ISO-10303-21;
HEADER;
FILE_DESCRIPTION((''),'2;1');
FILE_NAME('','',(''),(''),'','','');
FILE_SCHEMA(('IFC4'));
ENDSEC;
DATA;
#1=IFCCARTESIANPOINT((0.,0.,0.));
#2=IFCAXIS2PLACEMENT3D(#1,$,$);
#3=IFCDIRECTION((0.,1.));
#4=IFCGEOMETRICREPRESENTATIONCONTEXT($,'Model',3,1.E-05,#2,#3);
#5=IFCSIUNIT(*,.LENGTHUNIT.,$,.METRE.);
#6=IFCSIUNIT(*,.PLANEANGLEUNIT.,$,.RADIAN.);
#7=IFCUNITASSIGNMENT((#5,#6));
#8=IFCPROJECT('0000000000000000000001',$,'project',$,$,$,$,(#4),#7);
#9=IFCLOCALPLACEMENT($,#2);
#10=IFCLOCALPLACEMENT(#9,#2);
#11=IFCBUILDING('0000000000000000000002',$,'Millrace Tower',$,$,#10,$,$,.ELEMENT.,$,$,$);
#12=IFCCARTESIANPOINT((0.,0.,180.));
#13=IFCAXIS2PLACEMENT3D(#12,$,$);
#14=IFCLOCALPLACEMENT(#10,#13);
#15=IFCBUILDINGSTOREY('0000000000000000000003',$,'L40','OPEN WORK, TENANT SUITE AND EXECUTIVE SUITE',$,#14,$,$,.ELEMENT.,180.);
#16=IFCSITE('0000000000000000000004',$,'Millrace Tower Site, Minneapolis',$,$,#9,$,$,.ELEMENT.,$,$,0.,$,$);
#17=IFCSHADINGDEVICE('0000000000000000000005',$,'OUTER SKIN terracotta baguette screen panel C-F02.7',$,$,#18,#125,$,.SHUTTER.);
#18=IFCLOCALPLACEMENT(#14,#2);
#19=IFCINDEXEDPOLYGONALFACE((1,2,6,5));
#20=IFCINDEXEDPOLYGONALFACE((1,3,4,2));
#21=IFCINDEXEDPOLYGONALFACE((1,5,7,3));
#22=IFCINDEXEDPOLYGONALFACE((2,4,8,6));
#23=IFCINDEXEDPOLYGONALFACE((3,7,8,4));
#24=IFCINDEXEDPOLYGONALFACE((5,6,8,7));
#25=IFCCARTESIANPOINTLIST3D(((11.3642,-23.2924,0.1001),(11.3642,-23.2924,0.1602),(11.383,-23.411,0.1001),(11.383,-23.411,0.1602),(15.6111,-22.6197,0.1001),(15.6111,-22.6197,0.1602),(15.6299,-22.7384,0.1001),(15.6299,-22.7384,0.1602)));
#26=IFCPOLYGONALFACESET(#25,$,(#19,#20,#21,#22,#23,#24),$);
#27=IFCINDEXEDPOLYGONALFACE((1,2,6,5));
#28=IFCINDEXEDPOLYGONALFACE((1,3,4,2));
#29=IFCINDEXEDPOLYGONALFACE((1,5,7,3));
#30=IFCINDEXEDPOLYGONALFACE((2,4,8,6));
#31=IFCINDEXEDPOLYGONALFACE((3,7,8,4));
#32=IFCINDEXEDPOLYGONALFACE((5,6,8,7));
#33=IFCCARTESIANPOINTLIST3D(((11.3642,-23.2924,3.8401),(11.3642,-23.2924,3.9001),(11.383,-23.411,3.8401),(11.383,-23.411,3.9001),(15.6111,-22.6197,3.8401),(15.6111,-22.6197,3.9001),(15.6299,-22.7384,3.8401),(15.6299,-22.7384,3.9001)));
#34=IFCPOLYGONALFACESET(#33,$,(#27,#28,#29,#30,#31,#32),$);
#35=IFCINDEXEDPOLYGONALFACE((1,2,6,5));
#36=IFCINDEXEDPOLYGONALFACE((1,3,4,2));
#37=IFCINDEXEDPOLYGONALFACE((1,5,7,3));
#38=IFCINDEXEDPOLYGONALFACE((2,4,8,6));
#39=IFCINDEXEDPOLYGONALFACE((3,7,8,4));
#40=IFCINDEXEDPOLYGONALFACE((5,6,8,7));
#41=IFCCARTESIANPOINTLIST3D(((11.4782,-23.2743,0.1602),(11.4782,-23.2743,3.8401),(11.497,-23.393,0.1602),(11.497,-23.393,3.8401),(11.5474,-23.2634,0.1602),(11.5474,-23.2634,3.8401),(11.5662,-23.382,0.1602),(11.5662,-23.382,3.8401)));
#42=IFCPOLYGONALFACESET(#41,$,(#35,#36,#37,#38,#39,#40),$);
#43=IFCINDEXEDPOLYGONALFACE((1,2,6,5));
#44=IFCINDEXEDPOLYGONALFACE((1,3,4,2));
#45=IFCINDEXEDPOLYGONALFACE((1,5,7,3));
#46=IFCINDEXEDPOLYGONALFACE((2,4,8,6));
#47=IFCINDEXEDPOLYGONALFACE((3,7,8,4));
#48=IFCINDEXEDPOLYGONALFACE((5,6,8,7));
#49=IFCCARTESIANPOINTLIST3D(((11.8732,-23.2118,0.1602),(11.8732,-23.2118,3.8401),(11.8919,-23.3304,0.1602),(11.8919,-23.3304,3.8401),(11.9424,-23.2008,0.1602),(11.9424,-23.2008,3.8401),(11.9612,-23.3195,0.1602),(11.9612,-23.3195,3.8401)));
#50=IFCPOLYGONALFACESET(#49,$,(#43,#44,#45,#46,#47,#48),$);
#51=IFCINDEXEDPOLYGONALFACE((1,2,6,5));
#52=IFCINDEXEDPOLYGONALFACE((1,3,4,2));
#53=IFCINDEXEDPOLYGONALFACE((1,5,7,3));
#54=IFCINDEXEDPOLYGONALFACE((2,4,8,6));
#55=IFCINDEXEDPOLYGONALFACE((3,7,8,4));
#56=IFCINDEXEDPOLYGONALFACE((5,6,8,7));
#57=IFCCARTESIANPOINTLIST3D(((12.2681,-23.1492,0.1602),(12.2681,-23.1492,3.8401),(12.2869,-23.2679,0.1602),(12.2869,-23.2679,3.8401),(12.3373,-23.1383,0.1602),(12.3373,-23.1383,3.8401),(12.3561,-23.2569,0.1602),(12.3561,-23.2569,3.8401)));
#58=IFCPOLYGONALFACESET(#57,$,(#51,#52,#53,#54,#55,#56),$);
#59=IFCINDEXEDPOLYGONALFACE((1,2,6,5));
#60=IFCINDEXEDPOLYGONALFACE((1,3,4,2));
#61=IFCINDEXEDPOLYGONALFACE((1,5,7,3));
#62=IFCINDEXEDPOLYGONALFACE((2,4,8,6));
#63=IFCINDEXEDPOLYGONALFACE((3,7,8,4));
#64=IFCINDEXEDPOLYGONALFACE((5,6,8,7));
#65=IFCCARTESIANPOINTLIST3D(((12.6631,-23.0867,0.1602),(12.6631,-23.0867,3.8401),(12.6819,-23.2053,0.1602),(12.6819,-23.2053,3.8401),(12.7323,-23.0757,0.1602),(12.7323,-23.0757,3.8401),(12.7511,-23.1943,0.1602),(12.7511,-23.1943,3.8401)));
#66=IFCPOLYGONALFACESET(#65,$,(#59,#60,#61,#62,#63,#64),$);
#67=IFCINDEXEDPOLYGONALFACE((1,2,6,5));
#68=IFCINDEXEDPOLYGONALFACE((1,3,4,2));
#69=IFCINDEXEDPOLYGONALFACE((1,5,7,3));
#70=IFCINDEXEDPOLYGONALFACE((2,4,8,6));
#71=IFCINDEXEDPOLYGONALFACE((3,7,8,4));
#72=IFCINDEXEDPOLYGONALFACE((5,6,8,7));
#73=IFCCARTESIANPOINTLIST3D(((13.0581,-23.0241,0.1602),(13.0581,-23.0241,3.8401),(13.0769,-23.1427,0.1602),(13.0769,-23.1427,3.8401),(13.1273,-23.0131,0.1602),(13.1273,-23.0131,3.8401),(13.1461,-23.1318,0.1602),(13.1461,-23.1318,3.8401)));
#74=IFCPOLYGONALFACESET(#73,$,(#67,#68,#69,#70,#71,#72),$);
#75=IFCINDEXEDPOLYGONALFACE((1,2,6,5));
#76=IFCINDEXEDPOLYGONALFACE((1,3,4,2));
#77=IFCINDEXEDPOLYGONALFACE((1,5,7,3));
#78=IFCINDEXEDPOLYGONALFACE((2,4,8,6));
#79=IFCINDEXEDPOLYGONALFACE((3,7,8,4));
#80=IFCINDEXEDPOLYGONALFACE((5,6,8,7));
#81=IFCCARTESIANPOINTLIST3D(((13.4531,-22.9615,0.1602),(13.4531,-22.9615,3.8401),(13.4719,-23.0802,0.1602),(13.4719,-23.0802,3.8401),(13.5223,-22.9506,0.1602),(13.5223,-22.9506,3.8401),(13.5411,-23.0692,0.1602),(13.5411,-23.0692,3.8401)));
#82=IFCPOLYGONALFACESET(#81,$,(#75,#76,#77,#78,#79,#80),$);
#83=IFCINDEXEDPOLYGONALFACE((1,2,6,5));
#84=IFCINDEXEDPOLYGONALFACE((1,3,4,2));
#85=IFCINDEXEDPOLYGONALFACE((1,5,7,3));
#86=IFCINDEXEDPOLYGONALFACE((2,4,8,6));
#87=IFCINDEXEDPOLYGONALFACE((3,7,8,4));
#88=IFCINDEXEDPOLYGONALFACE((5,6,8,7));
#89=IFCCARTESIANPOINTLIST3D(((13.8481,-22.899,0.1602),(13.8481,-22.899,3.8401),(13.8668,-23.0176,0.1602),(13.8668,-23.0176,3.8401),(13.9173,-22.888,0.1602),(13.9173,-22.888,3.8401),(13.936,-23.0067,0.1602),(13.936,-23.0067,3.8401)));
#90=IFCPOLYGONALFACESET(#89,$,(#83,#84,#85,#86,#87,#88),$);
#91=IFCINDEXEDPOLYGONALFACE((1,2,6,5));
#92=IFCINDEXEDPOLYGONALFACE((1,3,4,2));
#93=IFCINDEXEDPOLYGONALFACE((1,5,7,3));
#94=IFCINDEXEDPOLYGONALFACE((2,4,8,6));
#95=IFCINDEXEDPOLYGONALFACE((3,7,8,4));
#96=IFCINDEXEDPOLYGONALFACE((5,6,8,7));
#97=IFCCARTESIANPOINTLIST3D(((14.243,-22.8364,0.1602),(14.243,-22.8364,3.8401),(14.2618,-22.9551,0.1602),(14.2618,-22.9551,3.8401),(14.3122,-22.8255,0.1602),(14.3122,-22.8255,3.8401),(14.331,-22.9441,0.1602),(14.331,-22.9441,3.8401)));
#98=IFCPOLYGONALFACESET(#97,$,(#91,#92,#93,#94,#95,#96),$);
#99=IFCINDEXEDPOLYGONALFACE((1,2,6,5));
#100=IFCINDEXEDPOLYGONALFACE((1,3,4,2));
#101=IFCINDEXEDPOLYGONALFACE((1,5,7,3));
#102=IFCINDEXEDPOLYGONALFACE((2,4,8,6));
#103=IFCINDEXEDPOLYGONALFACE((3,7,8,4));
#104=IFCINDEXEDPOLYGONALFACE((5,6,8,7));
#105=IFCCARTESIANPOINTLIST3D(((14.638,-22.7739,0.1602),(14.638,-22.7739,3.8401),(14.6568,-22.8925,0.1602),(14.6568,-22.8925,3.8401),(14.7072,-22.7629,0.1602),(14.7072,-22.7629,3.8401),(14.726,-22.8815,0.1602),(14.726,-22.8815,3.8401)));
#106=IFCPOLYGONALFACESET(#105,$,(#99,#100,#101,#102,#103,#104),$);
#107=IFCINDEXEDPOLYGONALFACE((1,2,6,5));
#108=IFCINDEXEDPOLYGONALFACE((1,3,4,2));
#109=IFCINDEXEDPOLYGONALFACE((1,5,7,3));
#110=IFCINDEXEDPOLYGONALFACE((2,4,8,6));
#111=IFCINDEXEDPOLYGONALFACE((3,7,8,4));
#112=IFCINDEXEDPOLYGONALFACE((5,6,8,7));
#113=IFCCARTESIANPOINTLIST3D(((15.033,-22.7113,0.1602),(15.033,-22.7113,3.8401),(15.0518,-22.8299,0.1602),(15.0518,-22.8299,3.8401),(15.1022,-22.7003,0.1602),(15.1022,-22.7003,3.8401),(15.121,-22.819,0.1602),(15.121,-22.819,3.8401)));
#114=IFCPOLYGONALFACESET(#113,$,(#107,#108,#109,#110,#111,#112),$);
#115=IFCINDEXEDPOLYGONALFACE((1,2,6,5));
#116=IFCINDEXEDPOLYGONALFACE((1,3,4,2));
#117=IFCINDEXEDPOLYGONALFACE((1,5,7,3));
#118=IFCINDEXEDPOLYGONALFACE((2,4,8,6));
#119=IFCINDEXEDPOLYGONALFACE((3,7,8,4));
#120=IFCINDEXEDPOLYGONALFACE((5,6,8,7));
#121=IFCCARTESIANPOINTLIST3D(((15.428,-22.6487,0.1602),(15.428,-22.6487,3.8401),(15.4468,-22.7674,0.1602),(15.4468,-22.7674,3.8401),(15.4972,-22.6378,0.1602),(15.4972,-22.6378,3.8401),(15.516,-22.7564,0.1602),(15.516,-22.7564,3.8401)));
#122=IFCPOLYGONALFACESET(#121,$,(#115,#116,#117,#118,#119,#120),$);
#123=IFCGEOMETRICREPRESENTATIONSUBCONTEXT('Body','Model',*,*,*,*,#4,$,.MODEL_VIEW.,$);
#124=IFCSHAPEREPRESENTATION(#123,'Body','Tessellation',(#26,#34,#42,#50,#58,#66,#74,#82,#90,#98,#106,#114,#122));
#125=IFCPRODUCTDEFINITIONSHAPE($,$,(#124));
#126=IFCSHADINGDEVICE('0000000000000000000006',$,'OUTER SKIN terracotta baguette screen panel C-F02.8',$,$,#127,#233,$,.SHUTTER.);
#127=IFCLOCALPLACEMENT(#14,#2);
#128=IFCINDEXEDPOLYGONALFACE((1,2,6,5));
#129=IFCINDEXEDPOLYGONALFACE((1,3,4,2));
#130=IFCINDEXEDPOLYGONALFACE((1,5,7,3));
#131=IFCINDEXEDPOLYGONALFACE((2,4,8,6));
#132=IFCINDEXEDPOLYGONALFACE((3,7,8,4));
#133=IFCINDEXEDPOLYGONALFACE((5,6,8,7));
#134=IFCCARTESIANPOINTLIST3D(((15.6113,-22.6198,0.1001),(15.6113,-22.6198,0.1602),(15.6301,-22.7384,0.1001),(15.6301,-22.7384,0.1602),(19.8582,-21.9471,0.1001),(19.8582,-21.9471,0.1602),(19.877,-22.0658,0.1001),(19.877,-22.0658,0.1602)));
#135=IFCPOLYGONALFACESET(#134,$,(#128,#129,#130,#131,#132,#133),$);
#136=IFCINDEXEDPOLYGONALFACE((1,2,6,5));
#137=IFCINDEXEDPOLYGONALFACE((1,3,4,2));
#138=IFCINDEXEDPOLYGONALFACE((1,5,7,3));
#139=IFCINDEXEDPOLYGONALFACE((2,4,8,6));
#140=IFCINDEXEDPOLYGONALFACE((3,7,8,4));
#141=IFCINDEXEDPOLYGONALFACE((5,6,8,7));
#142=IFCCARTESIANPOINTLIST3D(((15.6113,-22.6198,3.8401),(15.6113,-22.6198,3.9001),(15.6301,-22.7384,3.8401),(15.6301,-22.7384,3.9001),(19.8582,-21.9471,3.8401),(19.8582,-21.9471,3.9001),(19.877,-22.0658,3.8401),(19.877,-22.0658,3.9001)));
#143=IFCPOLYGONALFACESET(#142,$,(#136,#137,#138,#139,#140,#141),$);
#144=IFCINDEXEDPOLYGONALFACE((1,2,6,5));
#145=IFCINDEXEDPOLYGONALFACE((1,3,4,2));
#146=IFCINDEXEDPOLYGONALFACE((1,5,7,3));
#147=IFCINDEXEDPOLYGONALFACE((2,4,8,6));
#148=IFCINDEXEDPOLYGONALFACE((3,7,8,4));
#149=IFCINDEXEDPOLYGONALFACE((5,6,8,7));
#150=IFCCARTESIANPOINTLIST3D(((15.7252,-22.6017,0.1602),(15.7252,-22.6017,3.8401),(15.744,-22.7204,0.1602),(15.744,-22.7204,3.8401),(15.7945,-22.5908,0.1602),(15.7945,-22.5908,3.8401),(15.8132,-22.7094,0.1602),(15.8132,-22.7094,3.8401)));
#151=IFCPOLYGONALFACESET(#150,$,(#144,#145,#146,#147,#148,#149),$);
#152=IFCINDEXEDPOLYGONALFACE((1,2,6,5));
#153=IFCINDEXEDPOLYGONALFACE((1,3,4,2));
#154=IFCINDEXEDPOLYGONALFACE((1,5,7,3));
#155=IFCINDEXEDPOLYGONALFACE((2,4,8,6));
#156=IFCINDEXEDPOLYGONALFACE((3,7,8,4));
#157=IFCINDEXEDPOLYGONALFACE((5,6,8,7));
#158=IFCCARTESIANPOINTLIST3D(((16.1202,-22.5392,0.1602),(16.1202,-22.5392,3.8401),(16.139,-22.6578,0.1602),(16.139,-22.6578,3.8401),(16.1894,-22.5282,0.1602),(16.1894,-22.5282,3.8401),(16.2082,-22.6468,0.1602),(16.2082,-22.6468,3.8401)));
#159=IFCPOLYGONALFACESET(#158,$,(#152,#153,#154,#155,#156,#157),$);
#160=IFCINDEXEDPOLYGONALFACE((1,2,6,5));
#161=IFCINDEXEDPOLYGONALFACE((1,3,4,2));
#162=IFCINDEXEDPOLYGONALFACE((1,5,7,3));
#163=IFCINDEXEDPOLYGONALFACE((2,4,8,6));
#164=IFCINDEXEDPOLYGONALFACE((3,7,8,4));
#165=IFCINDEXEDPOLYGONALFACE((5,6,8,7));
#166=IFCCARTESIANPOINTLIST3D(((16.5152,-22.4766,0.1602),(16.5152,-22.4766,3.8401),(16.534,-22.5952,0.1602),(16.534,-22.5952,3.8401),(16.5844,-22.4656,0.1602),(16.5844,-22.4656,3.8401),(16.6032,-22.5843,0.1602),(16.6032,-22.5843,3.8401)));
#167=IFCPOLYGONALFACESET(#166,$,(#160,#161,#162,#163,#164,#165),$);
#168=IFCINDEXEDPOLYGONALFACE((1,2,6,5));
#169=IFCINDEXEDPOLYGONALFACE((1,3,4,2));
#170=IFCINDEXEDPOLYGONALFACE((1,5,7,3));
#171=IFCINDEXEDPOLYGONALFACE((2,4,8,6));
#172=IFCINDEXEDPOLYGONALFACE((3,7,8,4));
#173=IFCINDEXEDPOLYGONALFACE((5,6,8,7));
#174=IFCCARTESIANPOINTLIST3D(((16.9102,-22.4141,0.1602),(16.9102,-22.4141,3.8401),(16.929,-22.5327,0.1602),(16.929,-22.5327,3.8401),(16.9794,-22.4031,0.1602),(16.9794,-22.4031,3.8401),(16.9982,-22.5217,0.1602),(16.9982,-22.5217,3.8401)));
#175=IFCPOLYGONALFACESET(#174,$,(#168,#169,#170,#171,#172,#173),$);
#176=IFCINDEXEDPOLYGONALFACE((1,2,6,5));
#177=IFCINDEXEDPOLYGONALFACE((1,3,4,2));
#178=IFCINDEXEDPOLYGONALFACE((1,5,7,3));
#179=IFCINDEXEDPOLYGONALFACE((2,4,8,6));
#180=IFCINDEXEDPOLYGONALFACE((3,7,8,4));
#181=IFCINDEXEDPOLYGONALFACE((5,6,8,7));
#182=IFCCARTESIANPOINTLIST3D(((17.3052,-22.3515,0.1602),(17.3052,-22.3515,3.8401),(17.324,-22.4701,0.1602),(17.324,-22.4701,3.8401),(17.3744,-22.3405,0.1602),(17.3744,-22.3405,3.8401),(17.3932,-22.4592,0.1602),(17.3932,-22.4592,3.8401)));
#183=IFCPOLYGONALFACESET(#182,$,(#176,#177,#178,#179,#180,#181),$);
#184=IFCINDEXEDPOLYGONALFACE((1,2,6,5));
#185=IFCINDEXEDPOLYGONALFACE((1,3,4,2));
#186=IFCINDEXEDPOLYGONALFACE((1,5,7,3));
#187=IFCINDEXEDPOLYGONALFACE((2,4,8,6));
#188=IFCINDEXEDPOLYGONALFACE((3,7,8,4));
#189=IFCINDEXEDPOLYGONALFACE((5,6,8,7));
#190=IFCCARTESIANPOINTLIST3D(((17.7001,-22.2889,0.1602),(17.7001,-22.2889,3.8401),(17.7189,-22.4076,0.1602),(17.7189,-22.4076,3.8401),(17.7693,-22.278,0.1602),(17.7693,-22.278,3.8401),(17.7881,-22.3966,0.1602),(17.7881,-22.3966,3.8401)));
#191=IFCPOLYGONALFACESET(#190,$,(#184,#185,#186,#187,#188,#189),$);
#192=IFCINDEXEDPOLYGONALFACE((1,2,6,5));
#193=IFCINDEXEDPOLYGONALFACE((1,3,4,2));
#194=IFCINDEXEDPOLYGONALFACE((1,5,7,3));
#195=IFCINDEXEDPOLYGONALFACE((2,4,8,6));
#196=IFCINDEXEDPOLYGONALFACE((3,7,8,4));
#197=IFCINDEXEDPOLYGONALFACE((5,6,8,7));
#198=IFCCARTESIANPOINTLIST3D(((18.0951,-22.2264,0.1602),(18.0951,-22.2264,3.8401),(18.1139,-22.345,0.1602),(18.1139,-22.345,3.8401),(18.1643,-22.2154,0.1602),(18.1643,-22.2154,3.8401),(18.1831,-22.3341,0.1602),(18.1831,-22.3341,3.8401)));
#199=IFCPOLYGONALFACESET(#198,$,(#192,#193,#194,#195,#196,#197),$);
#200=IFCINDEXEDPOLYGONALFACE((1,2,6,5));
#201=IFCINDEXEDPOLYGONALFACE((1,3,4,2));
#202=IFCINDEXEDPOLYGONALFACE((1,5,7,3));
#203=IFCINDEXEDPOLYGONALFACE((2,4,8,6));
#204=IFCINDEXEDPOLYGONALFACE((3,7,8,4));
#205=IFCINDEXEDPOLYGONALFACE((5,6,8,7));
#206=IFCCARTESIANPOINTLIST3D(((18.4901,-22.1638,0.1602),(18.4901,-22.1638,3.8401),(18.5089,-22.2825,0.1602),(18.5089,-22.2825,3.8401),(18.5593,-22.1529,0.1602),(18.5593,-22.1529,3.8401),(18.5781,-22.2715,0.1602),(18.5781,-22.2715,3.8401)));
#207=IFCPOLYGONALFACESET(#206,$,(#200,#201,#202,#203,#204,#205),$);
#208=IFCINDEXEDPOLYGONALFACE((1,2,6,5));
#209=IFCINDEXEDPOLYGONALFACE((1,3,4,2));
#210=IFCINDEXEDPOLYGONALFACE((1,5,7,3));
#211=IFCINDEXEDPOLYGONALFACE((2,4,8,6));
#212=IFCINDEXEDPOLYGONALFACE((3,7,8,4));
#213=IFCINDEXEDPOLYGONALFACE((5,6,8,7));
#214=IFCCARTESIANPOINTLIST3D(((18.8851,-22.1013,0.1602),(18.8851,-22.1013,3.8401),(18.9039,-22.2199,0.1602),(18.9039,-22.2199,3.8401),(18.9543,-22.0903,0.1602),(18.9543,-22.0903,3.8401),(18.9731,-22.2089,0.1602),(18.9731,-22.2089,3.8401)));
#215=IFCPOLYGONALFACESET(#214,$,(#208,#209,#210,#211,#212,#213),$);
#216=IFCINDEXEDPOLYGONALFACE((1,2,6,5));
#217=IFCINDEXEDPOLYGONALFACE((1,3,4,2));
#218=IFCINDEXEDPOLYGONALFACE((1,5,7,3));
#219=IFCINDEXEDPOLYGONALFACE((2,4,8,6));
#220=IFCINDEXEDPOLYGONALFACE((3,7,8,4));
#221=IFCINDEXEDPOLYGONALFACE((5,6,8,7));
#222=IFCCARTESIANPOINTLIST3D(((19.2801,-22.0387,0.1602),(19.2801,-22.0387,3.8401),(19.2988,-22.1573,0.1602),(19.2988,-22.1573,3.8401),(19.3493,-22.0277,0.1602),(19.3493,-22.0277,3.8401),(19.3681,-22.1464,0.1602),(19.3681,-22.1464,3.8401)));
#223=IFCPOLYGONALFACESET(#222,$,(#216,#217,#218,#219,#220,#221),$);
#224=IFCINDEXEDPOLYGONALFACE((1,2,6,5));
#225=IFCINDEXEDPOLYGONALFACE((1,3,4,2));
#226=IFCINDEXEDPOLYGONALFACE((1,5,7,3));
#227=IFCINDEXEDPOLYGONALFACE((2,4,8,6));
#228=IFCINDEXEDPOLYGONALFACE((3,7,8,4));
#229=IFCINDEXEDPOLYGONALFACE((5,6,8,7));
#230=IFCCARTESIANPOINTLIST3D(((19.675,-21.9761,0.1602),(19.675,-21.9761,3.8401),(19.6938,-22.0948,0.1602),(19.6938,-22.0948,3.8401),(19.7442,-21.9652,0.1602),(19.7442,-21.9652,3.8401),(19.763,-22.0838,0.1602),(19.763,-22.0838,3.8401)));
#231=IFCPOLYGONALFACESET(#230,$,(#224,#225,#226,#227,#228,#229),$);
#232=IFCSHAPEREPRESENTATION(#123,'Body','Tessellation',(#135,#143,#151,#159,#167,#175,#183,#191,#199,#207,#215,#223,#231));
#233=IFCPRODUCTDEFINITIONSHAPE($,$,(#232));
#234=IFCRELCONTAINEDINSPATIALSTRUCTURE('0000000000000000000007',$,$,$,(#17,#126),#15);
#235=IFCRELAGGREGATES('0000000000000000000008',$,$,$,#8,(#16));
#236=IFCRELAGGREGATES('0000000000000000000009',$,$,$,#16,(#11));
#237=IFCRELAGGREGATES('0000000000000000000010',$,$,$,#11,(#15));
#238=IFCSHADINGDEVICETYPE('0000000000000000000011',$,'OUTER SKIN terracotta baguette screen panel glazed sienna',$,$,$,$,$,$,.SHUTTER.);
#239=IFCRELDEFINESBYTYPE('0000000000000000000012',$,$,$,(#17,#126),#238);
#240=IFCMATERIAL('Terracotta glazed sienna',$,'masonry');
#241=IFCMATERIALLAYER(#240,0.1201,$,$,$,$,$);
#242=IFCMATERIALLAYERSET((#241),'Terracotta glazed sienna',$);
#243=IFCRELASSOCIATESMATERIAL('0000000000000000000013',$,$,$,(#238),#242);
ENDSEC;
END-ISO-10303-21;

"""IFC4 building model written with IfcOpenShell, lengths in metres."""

from ifc_helpers import new_model, entity, si_unit, direction, frame, frame_2d, origin, origin_2d, place, context, subcontext, project, spatial, rectangle, extrude, source, transform, mapped, material, layer, layer_set, type_object, element, save


model = new_model("IFC4")

# Units and contexts
model_context = context("Model", 3, precision=1e-05, world=origin(), true_north=direction((0.0, 1.0)))
body_context = subcontext(model_context, "Body", "Model", "MODEL_VIEW")
ifc_project = project(units=[si_unit("LENGTHUNIT", "METRE"), si_unit("PLANEANGLEUNIT", "RADIAN")], contexts=[model_context])

# Site, building, storey
site_placement = place(None, origin())
site = spatial("IfcSite", under=ifc_project, at=site_placement, Name="Millrace Tower Site, Minneapolis", CompositionType="ELEMENT", RefElevation=0.0)
building_placement = place(site_placement, origin())
building = spatial("IfcBuilding", under=site, at=building_placement, Name="Millrace Tower", CompositionType="ELEMENT")
storey_placement = place(building_placement, frame((0.0, 0.0, 180.0)))
storey = spatial("IfcBuildingStorey", under=building, at=storey_placement, Name="L40", Description="OPEN WORK, TENANT SUITE AND EXECUTIVE SUITE", CompositionType="ELEMENT", Elevation=180.0)

# Shading devices
ifc_material_1 = material(Name="Terracotta glazed sienna", Category="masonry")
ifc_layer_1 = layer(ifc_material_1, 0.1201)
ifc_layer_set_1 = layer_set([ifc_layer_1], Name="Terracotta glazed sienna")
shading_device_type = type_object("IfcShadingDeviceType", Name="OUTER SKIN terracotta baguette screen panel glazed sienna", PredefinedType="SHUTTER", material=ifc_layer_set_1)
cartesian_point_1 = entity("IfcCartesianPoint", [-2.1499, 0.0601])
shared_polyline_1 = entity("IfcPolyline", [cartesian_point_1, entity("IfcCartesianPoint", [2.1499, 0.0601]), entity("IfcCartesianPoint", [2.1499, -0.0601]), entity("IfcCartesianPoint", [-2.1499, -0.0601]), cartesian_point_1])
shared_shape_1 = source(origin(), body_context, "Body", "SweptSolid", [
    entity("IfcExtrudedAreaSolid", entity("IfcArbitraryClosedProfileDef", "AREA", None, shared_polyline_1), entity("IfcAxis2Placement3D", entity("IfcCartesianPoint", [0.0, 0.0, 0.0])), entity("IfcDirection", [0.0, 0.0, 1.0]), 0.0601),
    entity("IfcExtrudedAreaSolid", entity("IfcArbitraryClosedProfileDef", "AREA", None, shared_polyline_1), entity("IfcAxis2Placement3D", entity("IfcCartesianPoint", [0.0, 0.0, 3.74])), entity("IfcDirection", [0.0, 0.0, 1.0]), 0.0601),
    extrude(rectangle(XDim=0.0701, YDim=0.1201, at=frame_2d((-1.9995, 0.0))), frame((0.0, 0.0, 0.0601)), (0.0, 0.0, 1.0), 3.6799),
    extrude(rectangle(XDim=0.0701, YDim=0.1201, at=frame_2d((-1.5996, 0.0))), frame((0.0, 0.0, 0.0601)), (0.0, 0.0, 1.0), 3.6799),
    extrude(rectangle(XDim=0.0701, YDim=0.1201, at=frame_2d((-1.1997, 0.0))), frame((0.0, 0.0, 0.0601)), (0.0, 0.0, 1.0), 3.6799),
    extrude(rectangle(XDim=0.0701, YDim=0.1201, at=frame_2d((-0.7998, 0.0))), frame((0.0, 0.0, 0.0601)), (0.0, 0.0, 1.0), 3.6799),
    extrude(rectangle(XDim=0.0701, YDim=0.1201, at=frame_2d((-0.3999, 0.0))), frame((0.0, 0.0, 0.0601)), (0.0, 0.0, 1.0), 3.6799),
    extrude(rectangle(XDim=0.0701, YDim=0.1201, at=origin_2d()), frame((0.0, 0.0, 0.0601)), (0.0, 0.0, 1.0), 3.6799),
    extrude(rectangle(XDim=0.0701, YDim=0.1201, at=frame_2d((0.3999, 0.0))), frame((0.0, 0.0, 0.0601)), (0.0, 0.0, 1.0), 3.6799),
    extrude(rectangle(XDim=0.0701, YDim=0.1201, at=frame_2d((0.7998, 0.0))), frame((0.0, 0.0, 0.0601)), (0.0, 0.0, 1.0), 3.6799),
    extrude(rectangle(XDim=0.0701, YDim=0.1201, at=frame_2d((1.1997, 0.0))), frame((0.0, 0.0, 0.0601)), (0.0, 0.0, 1.0), 3.6799),
    extrude(rectangle(XDim=0.0701, YDim=0.1201, at=frame_2d((1.5996, 0.0))), frame((0.0, 0.0, 0.0601)), (0.0, 0.0, 1.0), 3.6799),
    extrude(rectangle(XDim=0.0701, YDim=0.1201, at=frame_2d((1.9995, 0.0))), frame((0.0, 0.0, 0.0601)), (0.0, 0.0, 1.0), 3.6799),
])
for number, where, z_axis, x_axis, name in (
    (1, (13.4971, -23.0154, 0.1001), (0.0, 0.0, 1.0), (0.987688, 0.156434, 0.0), "OUTER SKIN terracotta baguette screen panel C-F02.7"),
    (2, (17.7441, -22.3428, 0.1001), (0.0, 0.0, 1.0), (0.987688, 0.156434, 0.0), "OUTER SKIN terracotta baguette screen panel C-F02.8"),
):
    element("IfcShadingDevice", number, at=place(storey_placement, frame(where, z_axis=z_axis, x_axis=x_axis)), inside=storey, type_object=shading_device_type, Name=name, PredefinedType="SHUTTER", context=body_context, shape_type="MappedRepresentation", body=[
        mapped(shared_shape_1, transform((0.0, 0.0, 0.0), scale=1.0)),
    ])

save(model, "model.ifc")
